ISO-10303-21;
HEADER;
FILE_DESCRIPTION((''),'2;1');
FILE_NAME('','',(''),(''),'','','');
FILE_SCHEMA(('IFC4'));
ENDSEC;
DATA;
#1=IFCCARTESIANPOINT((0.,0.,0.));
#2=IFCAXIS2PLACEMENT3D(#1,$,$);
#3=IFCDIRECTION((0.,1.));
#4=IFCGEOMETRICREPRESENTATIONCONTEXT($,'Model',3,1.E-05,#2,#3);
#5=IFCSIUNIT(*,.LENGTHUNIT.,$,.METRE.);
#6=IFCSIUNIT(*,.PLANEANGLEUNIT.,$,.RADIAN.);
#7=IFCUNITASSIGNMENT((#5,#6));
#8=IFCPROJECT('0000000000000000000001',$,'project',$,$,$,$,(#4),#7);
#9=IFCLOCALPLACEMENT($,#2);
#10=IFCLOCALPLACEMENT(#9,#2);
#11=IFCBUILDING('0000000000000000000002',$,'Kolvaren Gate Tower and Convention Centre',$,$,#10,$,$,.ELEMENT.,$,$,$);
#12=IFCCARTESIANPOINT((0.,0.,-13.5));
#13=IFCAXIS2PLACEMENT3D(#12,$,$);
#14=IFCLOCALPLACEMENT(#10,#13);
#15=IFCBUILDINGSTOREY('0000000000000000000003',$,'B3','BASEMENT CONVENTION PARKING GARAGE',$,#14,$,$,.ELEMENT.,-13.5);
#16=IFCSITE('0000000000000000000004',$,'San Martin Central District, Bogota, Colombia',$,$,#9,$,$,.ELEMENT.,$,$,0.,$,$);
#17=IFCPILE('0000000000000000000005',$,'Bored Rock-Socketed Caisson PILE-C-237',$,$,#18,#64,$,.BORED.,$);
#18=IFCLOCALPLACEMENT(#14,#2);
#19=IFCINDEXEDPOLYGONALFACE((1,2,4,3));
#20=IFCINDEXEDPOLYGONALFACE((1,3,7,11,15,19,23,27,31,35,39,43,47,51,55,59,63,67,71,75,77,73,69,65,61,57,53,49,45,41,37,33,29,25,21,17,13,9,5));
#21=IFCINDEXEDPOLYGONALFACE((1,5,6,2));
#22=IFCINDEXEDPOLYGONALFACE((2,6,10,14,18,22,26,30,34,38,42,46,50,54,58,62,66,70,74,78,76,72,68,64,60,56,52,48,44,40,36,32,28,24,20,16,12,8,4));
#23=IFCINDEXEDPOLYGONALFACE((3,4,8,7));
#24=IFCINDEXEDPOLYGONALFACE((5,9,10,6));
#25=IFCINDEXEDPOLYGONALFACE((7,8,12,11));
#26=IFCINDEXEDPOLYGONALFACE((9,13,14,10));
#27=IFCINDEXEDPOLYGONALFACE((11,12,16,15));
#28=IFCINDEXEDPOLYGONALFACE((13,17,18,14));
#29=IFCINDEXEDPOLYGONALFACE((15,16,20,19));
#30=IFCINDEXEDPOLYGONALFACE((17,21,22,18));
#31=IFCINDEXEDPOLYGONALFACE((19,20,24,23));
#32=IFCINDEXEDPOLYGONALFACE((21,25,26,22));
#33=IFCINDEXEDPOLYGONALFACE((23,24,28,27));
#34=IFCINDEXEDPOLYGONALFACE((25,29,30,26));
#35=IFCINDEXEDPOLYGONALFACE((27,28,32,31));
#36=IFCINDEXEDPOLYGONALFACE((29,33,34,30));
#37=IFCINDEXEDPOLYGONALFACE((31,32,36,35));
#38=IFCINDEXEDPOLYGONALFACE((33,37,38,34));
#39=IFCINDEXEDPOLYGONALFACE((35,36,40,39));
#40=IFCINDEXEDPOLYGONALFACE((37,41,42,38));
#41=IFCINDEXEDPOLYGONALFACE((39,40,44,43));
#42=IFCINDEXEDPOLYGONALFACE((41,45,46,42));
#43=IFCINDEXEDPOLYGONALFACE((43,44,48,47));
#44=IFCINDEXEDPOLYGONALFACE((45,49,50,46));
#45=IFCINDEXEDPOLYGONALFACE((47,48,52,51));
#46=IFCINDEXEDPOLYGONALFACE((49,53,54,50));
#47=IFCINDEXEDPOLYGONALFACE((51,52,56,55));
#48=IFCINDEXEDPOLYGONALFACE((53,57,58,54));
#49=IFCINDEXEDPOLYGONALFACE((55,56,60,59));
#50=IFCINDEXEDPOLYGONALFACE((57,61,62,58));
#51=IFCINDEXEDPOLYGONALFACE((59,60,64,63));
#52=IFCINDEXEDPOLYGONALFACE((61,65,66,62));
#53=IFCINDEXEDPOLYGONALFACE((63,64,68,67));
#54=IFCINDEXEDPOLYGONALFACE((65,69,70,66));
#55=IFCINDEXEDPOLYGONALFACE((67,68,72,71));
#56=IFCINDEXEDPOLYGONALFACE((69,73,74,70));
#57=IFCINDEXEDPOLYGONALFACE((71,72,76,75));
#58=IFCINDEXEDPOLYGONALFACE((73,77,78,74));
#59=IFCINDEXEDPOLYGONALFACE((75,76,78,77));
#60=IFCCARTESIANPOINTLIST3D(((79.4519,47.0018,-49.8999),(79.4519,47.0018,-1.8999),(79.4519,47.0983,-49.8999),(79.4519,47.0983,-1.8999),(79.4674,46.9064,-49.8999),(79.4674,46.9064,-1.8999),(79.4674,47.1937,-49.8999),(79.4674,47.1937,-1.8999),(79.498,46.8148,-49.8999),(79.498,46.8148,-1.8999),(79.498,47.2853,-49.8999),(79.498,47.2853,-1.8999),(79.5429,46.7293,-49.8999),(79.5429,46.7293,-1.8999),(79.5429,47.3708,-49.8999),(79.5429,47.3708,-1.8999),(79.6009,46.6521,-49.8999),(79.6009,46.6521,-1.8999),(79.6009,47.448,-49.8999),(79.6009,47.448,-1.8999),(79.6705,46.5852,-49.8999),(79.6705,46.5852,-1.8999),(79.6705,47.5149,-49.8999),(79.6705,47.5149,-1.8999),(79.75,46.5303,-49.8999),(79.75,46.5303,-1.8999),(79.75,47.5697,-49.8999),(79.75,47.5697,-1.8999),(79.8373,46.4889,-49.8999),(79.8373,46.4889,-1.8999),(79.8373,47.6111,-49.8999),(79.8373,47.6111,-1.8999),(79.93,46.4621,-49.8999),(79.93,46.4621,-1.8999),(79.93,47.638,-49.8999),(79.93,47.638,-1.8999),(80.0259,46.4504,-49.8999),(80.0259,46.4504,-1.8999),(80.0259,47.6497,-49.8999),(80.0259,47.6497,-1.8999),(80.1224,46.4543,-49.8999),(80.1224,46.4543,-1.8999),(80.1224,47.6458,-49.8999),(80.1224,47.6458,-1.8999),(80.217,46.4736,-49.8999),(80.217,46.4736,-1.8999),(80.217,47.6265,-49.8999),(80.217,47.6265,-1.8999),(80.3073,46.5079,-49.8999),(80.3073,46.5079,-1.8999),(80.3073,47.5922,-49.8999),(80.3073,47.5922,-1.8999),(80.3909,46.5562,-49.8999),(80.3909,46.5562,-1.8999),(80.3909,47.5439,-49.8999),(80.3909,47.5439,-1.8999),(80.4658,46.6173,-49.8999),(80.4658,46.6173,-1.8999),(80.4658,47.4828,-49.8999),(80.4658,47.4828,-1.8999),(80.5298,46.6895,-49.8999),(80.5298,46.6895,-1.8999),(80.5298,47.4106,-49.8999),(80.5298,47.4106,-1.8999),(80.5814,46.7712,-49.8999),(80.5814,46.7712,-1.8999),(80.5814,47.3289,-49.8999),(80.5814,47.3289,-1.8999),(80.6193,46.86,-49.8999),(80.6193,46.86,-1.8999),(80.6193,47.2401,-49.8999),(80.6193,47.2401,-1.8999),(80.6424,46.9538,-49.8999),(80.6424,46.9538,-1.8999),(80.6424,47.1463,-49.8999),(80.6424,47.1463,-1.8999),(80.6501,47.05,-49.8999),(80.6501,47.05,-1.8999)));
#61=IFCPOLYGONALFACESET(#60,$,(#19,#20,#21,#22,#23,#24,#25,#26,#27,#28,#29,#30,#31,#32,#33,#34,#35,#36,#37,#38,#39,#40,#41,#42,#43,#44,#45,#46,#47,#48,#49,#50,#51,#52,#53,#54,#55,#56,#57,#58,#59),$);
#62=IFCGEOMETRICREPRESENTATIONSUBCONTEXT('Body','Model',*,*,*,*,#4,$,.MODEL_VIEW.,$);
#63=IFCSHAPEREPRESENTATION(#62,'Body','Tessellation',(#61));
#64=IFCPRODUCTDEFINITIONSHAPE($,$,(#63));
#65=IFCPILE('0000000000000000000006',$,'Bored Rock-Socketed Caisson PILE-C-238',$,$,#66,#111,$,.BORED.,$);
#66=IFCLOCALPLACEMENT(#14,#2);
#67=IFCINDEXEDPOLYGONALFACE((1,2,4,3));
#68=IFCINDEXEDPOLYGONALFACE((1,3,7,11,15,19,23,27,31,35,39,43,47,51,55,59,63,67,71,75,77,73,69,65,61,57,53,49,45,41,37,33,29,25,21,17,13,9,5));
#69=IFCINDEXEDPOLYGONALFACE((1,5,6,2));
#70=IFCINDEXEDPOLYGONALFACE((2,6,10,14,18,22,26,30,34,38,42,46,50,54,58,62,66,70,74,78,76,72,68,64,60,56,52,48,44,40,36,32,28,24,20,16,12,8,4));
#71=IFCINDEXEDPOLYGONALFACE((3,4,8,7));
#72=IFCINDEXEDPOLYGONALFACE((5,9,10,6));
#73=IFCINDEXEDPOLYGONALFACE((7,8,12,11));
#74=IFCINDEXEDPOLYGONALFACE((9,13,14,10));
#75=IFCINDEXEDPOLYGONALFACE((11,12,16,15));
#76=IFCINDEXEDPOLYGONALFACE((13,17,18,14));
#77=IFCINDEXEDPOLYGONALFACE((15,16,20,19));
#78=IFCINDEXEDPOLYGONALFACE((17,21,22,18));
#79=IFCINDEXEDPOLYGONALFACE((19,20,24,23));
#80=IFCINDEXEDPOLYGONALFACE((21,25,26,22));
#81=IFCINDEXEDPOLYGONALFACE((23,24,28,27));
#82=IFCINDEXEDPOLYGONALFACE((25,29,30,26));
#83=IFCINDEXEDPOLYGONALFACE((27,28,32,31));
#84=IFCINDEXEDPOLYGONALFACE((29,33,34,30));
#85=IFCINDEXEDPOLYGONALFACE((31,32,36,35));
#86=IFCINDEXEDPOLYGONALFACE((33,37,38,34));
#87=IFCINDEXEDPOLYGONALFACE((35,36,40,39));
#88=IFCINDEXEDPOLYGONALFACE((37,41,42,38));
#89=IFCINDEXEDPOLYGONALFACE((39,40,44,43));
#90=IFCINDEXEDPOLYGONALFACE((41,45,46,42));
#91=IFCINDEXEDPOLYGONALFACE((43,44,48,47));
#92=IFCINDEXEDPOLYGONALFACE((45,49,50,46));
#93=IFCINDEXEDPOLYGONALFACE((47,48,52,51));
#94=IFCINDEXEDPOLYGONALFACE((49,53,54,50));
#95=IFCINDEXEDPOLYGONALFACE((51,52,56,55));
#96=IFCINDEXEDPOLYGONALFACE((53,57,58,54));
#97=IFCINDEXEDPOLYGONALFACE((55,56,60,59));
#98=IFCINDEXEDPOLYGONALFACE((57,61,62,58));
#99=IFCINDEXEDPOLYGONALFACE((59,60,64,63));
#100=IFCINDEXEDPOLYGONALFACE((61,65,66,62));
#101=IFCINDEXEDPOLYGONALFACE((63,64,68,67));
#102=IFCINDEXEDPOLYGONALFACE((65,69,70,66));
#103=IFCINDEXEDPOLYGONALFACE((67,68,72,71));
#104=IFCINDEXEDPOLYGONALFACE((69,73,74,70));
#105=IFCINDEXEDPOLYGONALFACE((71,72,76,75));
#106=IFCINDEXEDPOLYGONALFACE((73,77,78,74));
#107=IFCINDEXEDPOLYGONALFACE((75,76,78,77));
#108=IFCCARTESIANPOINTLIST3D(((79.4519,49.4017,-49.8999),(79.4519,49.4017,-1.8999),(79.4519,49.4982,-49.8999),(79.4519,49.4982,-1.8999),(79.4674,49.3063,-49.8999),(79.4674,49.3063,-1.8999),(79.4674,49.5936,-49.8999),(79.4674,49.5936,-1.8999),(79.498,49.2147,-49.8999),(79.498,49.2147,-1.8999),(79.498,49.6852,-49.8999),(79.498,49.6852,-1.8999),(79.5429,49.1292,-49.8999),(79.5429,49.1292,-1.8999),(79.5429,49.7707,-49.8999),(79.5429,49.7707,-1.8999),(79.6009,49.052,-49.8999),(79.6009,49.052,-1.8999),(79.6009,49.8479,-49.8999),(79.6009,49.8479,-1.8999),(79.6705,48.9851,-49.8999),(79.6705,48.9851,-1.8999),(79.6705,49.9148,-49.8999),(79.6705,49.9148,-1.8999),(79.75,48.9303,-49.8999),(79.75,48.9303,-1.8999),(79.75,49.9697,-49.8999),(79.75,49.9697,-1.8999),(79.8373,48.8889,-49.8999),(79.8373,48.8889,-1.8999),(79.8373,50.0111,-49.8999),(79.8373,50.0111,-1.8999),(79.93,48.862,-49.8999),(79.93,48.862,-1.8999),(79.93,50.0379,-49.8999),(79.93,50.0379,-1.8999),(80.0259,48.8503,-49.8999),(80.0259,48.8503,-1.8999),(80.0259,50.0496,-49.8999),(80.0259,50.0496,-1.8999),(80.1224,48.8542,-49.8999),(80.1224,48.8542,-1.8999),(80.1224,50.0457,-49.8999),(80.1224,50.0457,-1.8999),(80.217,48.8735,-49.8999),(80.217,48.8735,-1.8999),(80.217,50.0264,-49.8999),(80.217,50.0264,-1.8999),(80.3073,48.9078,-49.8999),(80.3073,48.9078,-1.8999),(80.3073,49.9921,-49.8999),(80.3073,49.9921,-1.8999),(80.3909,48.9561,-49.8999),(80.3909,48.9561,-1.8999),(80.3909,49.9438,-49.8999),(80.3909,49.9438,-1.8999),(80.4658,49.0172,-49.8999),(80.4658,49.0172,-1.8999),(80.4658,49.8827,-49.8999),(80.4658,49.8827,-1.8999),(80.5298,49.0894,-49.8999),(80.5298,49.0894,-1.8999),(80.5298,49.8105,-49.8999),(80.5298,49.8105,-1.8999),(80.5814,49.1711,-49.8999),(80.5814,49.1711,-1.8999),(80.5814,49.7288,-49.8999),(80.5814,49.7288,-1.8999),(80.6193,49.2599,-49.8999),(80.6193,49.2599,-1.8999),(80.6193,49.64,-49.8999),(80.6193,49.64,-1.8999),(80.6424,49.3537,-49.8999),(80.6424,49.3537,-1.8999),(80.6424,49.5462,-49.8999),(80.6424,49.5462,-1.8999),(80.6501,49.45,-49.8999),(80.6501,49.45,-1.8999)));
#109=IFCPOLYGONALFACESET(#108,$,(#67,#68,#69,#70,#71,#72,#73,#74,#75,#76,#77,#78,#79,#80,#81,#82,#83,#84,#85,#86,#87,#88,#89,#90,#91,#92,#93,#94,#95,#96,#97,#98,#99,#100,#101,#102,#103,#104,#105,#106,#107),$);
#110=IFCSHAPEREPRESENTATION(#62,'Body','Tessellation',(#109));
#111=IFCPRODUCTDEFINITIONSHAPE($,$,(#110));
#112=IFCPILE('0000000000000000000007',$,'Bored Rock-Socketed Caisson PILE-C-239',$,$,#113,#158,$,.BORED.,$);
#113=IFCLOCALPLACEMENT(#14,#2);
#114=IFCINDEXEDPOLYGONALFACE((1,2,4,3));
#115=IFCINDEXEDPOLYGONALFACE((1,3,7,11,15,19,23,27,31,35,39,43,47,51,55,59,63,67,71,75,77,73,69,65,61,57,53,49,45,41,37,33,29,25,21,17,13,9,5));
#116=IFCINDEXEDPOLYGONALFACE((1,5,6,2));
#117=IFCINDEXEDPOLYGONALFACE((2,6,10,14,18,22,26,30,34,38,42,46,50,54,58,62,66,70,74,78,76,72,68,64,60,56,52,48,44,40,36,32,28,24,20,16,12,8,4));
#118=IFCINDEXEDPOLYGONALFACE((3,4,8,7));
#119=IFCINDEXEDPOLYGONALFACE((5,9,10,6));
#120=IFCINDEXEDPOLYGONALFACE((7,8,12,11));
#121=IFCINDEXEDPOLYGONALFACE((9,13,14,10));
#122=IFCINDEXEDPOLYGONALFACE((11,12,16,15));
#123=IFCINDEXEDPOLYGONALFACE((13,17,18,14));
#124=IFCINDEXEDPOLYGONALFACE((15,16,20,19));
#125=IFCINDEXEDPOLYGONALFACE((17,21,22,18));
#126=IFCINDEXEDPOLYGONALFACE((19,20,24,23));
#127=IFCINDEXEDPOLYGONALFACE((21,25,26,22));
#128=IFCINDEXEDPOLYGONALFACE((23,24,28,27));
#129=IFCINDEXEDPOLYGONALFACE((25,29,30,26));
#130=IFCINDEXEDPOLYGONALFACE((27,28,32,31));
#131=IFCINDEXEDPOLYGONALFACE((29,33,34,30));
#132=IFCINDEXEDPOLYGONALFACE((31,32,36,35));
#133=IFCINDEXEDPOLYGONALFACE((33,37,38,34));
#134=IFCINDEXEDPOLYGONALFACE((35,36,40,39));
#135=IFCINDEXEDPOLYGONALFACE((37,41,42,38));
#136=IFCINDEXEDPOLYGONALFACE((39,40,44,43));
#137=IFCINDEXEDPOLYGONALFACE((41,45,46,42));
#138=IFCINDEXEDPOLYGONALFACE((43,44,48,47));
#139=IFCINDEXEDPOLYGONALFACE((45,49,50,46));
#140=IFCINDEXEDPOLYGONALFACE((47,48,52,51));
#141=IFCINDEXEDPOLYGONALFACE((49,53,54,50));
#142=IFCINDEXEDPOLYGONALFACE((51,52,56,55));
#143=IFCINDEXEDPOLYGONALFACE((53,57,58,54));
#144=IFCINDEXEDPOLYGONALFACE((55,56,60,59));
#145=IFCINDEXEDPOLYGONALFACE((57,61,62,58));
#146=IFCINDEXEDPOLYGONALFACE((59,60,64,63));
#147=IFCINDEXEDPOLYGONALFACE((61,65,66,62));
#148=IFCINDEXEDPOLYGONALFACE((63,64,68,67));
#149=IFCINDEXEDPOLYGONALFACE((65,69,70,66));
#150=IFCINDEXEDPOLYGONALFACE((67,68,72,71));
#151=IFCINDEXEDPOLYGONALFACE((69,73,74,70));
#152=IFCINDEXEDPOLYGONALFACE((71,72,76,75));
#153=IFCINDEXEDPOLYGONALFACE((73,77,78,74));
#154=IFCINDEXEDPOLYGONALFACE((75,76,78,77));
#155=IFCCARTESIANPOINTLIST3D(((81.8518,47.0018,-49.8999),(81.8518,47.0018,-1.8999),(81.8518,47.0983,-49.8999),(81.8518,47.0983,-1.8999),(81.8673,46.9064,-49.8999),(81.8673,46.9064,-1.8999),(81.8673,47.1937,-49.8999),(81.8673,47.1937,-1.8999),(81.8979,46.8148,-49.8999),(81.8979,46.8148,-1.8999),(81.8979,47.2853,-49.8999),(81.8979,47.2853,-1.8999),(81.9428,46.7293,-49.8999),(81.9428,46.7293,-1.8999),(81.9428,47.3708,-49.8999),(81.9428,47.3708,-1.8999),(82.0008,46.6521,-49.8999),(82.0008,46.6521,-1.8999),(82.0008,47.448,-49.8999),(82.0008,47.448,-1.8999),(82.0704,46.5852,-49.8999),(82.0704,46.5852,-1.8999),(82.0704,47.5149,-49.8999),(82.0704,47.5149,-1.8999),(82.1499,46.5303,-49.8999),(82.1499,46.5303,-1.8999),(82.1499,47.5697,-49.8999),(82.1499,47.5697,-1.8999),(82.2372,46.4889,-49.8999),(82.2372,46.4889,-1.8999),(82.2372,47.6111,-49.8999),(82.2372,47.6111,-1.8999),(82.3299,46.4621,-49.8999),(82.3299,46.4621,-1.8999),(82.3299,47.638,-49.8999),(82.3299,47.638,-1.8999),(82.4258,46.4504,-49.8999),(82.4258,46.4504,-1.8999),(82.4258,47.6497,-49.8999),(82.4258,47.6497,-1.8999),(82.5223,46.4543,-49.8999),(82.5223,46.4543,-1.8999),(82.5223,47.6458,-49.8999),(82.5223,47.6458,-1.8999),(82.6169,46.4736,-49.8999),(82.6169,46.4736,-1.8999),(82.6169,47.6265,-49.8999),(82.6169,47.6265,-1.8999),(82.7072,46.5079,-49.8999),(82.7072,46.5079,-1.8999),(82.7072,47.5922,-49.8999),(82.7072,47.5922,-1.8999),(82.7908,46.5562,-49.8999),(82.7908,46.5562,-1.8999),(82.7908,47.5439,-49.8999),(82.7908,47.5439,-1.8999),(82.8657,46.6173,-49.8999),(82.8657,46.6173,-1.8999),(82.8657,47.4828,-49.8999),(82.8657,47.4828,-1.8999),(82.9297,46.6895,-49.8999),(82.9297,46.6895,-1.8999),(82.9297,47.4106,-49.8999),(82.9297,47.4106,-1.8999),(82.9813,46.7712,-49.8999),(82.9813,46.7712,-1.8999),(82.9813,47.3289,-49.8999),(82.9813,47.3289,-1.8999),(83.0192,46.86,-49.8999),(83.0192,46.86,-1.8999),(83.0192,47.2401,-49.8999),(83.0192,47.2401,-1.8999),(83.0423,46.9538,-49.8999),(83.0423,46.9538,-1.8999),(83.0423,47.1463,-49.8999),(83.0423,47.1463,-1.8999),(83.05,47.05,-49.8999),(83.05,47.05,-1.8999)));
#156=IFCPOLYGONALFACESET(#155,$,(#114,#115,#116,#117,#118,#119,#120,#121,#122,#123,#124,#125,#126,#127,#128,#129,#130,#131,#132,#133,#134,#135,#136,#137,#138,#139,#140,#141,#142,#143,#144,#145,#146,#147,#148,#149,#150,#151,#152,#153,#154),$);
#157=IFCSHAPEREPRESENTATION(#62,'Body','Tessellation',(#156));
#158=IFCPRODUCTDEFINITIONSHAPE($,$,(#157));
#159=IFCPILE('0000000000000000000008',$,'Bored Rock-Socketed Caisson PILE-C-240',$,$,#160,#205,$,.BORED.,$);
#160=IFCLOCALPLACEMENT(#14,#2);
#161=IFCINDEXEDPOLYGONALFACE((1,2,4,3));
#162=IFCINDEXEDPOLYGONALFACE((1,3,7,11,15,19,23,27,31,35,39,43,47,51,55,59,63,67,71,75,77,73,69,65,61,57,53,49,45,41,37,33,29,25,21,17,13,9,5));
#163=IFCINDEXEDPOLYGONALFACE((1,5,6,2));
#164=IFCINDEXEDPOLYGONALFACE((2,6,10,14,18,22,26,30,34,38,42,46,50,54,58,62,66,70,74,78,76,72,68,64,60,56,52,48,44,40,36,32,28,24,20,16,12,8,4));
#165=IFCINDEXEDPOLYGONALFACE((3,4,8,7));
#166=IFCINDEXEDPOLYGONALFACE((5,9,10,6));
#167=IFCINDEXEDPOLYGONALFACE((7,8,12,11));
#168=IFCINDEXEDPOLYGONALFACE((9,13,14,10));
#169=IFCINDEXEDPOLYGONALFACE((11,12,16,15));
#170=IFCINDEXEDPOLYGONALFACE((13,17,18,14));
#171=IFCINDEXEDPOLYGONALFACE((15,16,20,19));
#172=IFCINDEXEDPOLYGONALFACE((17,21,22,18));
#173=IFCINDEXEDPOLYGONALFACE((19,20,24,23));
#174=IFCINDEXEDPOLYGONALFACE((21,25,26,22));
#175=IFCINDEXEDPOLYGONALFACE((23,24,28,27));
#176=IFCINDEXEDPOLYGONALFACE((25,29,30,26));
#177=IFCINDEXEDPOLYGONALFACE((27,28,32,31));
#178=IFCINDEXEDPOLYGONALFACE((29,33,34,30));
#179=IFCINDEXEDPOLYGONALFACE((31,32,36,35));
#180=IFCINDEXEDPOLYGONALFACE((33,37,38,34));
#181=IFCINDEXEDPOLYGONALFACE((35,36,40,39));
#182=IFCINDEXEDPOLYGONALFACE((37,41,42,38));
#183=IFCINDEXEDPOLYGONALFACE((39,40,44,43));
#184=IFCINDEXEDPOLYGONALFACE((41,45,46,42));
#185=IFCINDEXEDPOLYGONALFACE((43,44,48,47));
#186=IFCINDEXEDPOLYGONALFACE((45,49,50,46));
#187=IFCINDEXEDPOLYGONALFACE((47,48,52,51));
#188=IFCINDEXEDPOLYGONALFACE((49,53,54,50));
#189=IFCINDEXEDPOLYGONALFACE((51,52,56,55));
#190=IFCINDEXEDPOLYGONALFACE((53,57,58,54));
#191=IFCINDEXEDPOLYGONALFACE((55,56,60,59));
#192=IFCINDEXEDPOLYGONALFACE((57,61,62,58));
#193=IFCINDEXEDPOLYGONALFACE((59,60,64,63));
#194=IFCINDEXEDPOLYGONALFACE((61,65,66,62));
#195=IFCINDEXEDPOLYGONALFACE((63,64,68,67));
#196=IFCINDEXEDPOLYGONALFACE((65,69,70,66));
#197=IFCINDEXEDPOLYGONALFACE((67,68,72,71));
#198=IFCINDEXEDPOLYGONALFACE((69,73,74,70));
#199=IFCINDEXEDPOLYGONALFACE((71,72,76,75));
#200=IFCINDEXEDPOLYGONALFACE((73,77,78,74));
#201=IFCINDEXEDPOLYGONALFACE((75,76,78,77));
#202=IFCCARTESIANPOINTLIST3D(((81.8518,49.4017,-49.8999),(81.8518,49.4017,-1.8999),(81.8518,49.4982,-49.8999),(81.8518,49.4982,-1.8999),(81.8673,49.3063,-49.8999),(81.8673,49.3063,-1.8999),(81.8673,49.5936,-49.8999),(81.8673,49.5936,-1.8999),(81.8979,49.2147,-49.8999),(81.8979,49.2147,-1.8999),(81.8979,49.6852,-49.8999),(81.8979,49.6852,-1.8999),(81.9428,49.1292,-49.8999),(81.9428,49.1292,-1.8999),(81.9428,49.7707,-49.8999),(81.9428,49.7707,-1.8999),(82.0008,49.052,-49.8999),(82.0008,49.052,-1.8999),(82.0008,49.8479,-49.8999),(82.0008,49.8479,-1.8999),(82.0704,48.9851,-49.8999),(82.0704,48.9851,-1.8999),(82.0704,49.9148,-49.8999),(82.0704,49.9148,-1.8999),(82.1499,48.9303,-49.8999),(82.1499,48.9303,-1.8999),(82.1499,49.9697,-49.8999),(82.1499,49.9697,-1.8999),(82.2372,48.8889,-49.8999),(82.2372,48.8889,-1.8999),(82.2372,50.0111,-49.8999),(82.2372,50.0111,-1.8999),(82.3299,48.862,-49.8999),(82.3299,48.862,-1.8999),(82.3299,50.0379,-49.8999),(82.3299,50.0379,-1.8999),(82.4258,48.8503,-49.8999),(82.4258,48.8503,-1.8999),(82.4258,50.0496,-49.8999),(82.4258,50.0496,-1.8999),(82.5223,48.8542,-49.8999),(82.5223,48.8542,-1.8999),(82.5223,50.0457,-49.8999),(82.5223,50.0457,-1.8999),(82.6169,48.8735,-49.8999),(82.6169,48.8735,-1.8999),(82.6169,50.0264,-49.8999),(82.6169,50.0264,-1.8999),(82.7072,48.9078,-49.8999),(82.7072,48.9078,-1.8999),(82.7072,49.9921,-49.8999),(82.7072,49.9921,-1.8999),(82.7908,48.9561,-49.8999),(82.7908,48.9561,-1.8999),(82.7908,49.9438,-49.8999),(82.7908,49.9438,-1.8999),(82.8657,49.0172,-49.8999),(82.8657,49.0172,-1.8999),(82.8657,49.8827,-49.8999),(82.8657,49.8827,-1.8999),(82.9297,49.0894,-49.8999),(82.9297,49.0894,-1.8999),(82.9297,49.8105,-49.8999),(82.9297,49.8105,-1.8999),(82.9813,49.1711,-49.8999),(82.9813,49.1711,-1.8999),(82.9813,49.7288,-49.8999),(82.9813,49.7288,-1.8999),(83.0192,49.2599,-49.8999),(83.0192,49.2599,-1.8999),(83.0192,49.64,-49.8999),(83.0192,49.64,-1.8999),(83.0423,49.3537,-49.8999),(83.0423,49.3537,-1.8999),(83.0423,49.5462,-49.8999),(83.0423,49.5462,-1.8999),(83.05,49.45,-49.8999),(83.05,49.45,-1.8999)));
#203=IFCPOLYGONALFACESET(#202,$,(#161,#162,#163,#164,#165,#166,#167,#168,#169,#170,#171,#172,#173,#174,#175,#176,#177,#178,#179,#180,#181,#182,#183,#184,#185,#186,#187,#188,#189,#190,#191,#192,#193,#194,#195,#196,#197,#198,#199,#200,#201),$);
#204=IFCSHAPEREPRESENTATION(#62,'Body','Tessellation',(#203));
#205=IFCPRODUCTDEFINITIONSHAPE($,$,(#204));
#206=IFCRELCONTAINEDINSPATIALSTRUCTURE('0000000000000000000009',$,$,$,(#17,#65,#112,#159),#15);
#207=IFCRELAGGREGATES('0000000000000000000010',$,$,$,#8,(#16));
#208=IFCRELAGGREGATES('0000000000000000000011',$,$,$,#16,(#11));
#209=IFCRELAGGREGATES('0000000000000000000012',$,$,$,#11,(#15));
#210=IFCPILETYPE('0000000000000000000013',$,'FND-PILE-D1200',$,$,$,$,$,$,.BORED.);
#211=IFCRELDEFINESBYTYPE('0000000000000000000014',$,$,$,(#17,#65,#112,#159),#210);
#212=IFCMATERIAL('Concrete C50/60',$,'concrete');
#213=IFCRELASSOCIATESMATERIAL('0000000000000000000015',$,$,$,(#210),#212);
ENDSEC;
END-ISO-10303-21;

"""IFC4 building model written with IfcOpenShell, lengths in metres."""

from ifc_helpers import new_model, si_unit, direction, frame, origin, origin_2d, place, context, subcontext, project, spatial, circle, extrude, material, material_profile, profile_set, type_object, element, save


model = new_model("IFC4")

# Units and contexts
model_context = context("Model", 3, precision=1e-05, world=origin(), true_north=direction((0.0, 1.0)))
body_context = subcontext(model_context, "Body", "Model", "MODEL_VIEW")
ifc_project = project(units=[si_unit("LENGTHUNIT", "METRE"), si_unit("PLANEANGLEUNIT", "RADIAN")], contexts=[model_context])

# Site, building, storey
site_placement = place(None, origin())
site = spatial("IfcSite", under=ifc_project, at=site_placement, Name="San Martin Central District, Bogota, Colombia", CompositionType="ELEMENT", RefElevation=0.0)
building_placement = place(site_placement, origin())
building = spatial("IfcBuilding", under=site, at=building_placement, Name="Kolvaren Gate Tower and Convention Centre", CompositionType="ELEMENT")
storey_placement = place(building_placement, frame((0.0, 0.0, -13.5)))
storey = spatial("IfcBuildingStorey", under=building, at=storey_placement, Name="B3", Description="BASEMENT CONVENTION PARKING GARAGE", CompositionType="ELEMENT", Elevation=-13.5)

# Shared definitions
ifc_material_1 = material(Name="Concrete C50/60", Category="concrete")

# Piles
ifc_material_profile_1 = material_profile(ifc_material_1, circle(Radius=0.6001, at=origin_2d()), Name="CAISSON-D1200")
ifc_profile_set_1 = profile_set([ifc_material_profile_1], Name="Concrete C50/60")
pile_type = type_object("IfcPileType", Name="FND-PILE-D1200", PredefinedType="BORED", material=ifc_profile_set_1)
for number, where, z_axis, x_axis, name in (
    (1, (80.05, 47.05, -1.8999), (0.0, 0.0, -1.0), (1.0, 0.0, 0.0), "Bored Rock-Socketed Caisson PILE-C-237"),
    (2, (80.05, 49.45, -1.8999), (0.0, 0.0, -1.0), (1.0, 0.0, 0.0), "Bored Rock-Socketed Caisson PILE-C-238"),
    (3, (82.45, 47.05, -1.8999), (0.0, 0.0, -1.0), (1.0, 0.0, 0.0), "Bored Rock-Socketed Caisson PILE-C-239"),
    (4, (82.45, 49.45, -1.8999), (0.0, 0.0, -1.0), (1.0, 0.0, 0.0), "Bored Rock-Socketed Caisson PILE-C-240"),
):
    element("IfcPile", number, at=place(storey_placement, frame(where, z_axis=z_axis, x_axis=x_axis)), inside=storey, type_object=pile_type, Name=name, PredefinedType="BORED", context=body_context, shape_type="SweptSolid", body=[
        extrude(circle(Radius=0.6001, at=origin_2d()), origin(), (0.0, 0.0, 1.0), 48.0),
    ])

save(model, "model.ifc")
